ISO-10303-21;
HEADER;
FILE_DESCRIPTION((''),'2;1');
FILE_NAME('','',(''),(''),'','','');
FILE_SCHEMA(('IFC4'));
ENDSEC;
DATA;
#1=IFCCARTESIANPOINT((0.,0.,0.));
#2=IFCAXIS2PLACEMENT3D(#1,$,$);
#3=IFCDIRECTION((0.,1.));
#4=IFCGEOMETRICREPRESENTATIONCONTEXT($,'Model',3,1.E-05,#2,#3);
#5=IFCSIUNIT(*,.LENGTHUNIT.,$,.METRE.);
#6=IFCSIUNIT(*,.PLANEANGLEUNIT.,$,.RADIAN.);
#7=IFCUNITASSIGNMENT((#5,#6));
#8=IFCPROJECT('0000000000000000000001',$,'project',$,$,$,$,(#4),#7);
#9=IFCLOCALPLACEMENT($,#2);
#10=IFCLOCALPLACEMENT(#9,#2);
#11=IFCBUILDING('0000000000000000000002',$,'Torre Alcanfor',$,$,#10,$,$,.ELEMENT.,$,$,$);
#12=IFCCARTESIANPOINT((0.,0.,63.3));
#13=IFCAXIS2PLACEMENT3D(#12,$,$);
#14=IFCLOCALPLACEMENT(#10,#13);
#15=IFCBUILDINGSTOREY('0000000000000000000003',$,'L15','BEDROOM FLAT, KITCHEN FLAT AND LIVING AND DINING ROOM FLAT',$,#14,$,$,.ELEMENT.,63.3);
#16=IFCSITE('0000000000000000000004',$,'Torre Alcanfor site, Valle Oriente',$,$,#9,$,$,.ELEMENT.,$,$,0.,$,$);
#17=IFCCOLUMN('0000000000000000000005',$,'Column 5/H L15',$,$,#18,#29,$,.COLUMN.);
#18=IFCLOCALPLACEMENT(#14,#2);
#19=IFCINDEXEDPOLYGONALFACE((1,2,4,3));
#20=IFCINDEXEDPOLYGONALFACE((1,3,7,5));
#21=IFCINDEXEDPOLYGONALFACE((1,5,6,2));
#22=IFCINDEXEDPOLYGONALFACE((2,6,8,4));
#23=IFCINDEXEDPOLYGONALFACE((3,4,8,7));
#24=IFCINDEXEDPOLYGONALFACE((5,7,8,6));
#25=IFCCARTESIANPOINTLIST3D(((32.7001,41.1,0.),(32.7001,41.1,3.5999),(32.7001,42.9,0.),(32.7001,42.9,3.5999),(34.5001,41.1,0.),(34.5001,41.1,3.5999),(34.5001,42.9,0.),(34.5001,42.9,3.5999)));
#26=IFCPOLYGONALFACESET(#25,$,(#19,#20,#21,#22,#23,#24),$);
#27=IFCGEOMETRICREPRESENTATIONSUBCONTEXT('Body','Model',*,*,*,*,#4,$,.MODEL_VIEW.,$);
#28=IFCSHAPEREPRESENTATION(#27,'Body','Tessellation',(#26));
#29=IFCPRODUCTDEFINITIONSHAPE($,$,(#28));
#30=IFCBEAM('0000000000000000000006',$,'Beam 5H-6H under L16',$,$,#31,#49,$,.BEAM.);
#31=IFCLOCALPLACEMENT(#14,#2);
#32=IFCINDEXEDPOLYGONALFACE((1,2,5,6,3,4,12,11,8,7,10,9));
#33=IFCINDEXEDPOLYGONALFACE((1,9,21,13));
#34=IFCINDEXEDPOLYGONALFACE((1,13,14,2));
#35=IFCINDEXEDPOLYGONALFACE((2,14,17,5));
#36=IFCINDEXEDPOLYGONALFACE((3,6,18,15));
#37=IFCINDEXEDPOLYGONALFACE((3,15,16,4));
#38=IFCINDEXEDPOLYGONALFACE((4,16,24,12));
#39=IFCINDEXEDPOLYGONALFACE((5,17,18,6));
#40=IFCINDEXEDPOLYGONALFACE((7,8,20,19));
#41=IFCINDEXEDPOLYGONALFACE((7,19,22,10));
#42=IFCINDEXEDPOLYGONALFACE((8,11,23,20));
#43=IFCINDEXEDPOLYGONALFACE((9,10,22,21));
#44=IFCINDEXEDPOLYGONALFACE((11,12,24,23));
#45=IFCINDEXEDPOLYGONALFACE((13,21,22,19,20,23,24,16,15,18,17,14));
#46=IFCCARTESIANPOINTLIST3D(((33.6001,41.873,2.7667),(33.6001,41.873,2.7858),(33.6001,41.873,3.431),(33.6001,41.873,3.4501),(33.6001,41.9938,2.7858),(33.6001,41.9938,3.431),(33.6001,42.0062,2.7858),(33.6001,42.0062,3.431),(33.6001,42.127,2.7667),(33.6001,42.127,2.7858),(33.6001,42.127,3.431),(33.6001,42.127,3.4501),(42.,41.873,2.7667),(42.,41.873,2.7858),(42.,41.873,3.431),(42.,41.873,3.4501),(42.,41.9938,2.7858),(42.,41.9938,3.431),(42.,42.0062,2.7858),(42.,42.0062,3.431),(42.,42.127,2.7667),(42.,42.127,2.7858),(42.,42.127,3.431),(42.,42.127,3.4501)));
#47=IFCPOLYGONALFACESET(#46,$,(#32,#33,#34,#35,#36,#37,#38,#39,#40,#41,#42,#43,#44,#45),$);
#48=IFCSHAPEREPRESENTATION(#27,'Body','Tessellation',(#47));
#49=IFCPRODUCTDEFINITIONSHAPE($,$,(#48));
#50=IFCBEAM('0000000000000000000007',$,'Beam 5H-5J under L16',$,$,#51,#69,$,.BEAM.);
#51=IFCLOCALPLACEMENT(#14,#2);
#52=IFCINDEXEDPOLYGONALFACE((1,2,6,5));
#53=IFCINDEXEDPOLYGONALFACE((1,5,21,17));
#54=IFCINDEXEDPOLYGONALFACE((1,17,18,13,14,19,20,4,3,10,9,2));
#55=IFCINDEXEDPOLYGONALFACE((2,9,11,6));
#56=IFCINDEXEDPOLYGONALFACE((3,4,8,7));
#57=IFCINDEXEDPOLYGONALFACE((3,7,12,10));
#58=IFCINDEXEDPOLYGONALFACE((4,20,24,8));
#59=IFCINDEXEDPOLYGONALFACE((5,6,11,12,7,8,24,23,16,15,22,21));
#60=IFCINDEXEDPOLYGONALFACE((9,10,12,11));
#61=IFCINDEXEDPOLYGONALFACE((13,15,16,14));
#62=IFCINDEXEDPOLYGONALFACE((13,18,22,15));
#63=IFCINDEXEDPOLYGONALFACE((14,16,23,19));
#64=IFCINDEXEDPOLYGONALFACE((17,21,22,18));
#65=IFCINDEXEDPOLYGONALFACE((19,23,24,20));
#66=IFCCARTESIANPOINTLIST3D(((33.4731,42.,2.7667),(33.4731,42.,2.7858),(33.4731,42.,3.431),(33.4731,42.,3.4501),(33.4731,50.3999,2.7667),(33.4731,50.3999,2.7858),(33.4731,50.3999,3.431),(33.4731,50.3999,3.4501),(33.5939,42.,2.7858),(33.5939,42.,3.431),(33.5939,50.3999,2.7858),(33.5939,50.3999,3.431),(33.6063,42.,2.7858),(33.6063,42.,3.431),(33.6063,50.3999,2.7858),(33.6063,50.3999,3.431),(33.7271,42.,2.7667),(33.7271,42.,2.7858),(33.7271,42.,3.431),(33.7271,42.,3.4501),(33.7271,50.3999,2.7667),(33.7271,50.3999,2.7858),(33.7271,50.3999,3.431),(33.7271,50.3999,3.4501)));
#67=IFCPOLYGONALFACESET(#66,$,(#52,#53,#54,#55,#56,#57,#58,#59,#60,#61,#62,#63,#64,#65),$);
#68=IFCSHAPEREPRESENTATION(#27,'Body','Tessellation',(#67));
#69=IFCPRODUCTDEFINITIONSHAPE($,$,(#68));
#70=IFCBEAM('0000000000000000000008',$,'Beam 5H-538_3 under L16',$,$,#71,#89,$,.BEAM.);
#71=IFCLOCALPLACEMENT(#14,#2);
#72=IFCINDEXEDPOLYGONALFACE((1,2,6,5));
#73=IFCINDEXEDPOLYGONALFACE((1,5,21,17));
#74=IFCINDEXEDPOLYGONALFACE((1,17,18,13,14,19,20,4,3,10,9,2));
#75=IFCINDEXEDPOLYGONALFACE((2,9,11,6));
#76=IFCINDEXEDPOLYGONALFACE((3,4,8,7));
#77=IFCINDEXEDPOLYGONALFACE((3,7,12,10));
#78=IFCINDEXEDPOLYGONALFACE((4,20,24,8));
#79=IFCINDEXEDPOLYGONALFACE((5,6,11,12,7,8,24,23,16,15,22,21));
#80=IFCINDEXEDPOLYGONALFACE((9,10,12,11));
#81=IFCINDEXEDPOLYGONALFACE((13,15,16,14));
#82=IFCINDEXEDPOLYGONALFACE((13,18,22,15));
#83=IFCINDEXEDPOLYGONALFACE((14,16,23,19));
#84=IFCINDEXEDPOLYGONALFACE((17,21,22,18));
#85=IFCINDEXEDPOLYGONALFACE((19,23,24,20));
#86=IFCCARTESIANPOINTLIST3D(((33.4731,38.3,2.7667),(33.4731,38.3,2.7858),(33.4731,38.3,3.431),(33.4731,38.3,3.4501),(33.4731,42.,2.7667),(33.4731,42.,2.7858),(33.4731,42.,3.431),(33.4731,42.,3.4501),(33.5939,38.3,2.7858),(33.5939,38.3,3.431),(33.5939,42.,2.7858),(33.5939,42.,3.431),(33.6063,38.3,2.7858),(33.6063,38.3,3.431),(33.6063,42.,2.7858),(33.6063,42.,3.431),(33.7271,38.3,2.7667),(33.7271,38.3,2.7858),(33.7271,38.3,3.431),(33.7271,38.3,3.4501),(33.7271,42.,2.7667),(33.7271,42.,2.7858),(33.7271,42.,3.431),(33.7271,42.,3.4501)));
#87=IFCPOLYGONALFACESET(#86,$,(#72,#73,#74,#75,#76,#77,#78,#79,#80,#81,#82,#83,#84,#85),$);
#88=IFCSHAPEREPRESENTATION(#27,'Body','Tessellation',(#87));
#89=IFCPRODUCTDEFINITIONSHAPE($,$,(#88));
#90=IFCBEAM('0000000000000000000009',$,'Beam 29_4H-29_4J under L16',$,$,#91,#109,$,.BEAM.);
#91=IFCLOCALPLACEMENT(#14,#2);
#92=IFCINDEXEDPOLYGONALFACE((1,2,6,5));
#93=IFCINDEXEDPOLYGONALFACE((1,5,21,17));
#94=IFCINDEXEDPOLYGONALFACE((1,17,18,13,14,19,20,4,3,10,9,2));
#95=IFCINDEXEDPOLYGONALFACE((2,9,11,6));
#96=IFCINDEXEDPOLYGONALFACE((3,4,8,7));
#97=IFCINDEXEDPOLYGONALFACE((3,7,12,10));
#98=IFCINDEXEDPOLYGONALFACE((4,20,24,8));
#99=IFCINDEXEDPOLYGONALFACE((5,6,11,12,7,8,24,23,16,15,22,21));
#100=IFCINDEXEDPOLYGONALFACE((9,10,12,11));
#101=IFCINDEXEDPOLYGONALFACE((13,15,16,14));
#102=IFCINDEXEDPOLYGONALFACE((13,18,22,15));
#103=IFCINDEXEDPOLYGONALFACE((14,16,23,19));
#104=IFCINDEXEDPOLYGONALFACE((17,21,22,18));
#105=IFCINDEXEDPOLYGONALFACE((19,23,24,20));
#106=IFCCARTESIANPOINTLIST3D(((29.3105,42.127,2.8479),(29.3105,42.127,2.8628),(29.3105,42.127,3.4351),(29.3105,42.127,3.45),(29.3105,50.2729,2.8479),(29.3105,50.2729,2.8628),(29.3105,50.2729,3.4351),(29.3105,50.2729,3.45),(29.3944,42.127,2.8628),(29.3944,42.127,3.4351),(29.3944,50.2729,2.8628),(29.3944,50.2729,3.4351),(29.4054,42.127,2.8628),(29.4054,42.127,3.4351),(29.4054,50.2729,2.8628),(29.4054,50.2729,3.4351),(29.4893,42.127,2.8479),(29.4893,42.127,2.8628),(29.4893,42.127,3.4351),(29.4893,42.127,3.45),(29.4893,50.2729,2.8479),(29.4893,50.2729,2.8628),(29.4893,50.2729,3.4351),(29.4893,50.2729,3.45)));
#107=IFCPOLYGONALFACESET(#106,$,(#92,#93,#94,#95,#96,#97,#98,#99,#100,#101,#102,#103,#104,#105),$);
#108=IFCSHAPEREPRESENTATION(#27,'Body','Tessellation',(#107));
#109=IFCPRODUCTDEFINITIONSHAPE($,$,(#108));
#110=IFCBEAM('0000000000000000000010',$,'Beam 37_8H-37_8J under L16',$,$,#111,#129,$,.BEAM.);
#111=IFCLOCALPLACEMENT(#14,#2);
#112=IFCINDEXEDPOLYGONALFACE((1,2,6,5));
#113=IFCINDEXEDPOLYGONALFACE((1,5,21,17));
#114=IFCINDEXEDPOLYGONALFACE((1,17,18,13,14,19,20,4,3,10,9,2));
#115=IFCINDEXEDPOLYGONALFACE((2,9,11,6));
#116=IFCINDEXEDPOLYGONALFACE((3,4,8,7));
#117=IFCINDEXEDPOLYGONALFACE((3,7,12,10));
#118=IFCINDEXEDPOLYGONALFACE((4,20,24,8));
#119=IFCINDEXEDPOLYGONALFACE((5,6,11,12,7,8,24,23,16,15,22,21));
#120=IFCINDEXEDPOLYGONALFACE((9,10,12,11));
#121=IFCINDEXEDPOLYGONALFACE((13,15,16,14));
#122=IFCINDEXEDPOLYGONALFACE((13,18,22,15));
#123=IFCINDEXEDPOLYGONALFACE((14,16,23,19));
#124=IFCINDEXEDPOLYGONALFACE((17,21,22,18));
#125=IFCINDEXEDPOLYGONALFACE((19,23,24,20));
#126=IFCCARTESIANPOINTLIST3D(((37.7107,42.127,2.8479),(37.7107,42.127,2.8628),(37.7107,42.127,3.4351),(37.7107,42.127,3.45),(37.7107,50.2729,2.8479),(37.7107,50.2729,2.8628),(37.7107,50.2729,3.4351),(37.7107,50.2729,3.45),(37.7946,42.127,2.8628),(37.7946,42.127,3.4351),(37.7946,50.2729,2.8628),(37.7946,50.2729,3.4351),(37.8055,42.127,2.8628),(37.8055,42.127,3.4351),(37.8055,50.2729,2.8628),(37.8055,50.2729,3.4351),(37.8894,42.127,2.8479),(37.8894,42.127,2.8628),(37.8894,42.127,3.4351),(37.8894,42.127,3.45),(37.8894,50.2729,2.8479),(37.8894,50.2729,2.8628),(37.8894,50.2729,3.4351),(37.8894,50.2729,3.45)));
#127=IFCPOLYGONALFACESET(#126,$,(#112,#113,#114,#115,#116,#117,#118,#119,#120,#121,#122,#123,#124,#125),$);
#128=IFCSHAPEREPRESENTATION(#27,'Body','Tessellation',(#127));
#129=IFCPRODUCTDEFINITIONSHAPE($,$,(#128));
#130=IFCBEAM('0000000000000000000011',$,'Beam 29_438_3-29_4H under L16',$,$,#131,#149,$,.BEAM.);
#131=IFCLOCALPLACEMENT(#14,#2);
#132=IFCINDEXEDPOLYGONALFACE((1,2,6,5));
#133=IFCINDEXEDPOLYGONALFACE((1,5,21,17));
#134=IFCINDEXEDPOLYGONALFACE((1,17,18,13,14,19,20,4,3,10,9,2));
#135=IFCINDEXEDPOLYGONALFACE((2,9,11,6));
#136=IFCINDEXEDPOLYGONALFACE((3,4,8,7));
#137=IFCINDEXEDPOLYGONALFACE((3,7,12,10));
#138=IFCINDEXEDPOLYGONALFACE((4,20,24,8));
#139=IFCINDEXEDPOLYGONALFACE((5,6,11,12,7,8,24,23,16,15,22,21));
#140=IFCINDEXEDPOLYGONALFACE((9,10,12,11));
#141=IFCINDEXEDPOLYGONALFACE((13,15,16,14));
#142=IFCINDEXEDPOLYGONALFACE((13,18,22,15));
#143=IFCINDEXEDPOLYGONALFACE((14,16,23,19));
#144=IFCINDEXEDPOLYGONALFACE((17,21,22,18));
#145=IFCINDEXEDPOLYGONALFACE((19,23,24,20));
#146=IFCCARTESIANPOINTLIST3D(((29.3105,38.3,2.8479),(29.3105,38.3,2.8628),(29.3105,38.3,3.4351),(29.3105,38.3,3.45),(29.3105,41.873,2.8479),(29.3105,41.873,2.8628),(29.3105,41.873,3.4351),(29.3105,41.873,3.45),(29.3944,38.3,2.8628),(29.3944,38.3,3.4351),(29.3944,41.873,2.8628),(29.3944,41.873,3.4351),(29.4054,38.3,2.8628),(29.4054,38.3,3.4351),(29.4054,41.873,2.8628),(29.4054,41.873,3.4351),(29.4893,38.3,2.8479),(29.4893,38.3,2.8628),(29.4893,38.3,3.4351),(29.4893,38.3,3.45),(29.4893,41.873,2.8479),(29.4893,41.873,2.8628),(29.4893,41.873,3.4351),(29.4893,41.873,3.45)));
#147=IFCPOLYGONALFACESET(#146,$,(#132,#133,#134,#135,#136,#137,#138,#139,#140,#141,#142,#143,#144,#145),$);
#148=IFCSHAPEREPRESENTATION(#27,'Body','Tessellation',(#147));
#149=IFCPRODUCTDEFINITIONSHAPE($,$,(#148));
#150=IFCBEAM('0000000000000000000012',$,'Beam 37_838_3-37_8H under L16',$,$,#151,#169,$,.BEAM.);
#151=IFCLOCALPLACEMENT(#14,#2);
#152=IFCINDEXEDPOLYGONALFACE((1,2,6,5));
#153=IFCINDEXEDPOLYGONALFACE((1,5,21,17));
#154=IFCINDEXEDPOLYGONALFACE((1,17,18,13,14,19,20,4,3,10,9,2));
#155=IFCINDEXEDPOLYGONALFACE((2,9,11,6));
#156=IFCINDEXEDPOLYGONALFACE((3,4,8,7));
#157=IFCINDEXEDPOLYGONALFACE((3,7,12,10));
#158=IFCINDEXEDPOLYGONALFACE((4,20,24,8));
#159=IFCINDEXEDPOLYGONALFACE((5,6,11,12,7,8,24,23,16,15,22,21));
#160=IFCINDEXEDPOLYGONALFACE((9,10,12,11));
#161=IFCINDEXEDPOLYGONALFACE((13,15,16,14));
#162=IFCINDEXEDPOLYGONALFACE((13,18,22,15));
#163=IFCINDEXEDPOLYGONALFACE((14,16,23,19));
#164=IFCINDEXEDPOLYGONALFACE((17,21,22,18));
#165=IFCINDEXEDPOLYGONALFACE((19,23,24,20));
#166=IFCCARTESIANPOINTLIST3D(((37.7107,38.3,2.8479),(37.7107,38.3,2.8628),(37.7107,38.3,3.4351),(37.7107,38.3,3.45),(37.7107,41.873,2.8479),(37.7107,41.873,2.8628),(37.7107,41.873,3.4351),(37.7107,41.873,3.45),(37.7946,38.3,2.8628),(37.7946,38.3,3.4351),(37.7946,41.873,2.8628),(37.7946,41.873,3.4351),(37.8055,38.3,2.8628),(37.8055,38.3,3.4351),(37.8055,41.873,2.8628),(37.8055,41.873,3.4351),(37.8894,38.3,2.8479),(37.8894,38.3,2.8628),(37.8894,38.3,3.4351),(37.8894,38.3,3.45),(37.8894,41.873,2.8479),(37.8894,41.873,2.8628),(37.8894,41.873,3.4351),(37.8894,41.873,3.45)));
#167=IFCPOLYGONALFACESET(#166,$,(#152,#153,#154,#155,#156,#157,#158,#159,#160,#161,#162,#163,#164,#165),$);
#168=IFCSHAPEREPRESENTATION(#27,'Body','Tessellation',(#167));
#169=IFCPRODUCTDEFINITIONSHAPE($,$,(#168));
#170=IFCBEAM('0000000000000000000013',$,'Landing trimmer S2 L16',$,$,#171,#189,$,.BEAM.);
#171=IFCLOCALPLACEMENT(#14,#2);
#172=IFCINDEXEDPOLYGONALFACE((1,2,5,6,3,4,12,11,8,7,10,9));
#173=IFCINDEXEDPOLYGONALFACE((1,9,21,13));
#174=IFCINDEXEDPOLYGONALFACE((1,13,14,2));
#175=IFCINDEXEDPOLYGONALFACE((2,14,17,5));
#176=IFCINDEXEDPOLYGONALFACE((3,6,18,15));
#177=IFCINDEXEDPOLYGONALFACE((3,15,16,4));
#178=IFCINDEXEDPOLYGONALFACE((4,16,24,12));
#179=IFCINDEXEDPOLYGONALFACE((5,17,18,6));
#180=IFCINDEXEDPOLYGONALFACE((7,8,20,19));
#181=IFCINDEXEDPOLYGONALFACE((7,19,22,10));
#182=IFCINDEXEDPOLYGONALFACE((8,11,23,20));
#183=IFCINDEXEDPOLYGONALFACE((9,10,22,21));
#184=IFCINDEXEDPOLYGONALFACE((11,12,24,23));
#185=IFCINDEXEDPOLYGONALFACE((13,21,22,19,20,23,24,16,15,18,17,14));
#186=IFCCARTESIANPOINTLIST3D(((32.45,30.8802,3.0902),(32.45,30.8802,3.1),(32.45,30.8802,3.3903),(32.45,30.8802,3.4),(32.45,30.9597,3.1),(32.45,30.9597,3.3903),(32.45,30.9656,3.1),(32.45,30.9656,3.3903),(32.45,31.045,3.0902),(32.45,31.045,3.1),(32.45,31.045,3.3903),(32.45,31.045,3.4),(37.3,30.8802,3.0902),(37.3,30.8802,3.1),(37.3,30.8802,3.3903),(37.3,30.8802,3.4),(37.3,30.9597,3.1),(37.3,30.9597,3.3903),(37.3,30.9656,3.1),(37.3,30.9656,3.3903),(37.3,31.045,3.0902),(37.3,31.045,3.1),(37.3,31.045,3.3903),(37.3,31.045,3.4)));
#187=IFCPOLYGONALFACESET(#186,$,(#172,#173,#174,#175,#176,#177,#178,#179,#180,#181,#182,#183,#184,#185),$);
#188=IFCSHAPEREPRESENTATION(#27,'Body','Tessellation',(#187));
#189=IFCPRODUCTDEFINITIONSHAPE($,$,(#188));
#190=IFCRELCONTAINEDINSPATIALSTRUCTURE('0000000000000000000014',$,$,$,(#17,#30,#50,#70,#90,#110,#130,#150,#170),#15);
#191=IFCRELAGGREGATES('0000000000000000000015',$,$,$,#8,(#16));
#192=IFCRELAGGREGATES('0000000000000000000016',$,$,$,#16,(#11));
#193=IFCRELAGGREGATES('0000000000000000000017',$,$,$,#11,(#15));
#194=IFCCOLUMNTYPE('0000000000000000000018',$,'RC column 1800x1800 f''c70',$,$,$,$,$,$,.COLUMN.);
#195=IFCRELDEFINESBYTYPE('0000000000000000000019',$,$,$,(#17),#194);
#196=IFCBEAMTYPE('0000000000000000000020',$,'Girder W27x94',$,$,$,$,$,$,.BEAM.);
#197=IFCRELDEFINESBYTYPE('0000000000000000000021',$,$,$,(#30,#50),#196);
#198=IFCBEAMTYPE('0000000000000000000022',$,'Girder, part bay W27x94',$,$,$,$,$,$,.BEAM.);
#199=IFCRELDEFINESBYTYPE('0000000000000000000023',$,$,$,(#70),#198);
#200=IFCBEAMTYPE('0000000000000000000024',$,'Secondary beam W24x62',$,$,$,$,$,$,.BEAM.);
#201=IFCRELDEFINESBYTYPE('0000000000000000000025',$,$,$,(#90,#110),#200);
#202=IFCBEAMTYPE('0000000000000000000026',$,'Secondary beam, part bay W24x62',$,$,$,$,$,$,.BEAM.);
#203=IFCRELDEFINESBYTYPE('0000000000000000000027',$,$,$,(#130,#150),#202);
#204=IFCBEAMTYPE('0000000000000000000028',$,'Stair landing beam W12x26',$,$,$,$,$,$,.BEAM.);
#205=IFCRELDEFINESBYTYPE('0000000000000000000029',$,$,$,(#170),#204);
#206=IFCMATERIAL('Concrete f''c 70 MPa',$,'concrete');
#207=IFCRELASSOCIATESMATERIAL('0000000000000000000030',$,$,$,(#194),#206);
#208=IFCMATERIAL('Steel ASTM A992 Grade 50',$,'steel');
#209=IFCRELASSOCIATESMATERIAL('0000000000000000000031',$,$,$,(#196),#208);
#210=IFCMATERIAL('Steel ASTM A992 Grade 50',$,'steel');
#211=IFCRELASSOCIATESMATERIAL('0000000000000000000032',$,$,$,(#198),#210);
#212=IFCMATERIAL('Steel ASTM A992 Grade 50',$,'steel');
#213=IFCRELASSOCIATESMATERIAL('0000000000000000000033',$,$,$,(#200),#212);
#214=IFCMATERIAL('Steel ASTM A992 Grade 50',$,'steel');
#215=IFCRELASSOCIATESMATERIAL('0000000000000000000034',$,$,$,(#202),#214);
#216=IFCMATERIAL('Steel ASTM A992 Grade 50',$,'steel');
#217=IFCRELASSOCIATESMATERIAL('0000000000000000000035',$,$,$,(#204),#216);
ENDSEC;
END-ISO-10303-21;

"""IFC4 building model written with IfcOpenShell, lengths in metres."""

from ifc_helpers import new_model, si_unit, direction, frame, origin, origin_2d, place, context, subcontext, project, spatial, rectangle, i_section, extrude, material, material_profile, profile_set, type_object, element, save


model = new_model("IFC4")

# Units and contexts
model_context = context("Model", 3, precision=1e-05, world=origin(), true_north=direction((0.0, 1.0)))
body_context = subcontext(model_context, "Body", "Model", "MODEL_VIEW")
ifc_project = project(units=[si_unit("LENGTHUNIT", "METRE"), si_unit("PLANEANGLEUNIT", "RADIAN")], contexts=[model_context])

# Site, building, storey
site_placement = place(None, origin())
site = spatial("IfcSite", under=ifc_project, at=site_placement, Name="Torre Alcanfor site, Valle Oriente", CompositionType="ELEMENT", RefElevation=0.0)
building_placement = place(site_placement, origin())
building = spatial("IfcBuilding", under=site, at=building_placement, Name="Torre Alcanfor", CompositionType="ELEMENT")
storey_placement = place(building_placement, frame((0.0, 0.0, 63.3)))
storey = spatial("IfcBuildingStorey", under=building, at=storey_placement, Name="L15", Description="BEDROOM FLAT, KITCHEN FLAT AND LIVING AND DINING ROOM FLAT", CompositionType="ELEMENT", Elevation=63.3)

# Column
ifc_material_1 = material(Name="Concrete f'c 70 MPa", Category="concrete")
ifc_material_profile_1 = material_profile(ifc_material_1, rectangle(XDim=1.8, YDim=1.8, at=origin_2d()), Name="1800x1800")
ifc_profile_set_1 = profile_set([ifc_material_profile_1], Name="Concrete f'c 70 MPa")
column_type = type_object("IfcColumnType", Name="RC column 1800x1800 f'c70", PredefinedType="COLUMN", material=ifc_profile_set_1)
column_placement = place(storey_placement, frame((33.6001, 42.0, 0.0), z_axis=(0.0, 0.0, 1.0), x_axis=(1.0, 0.0, 0.0)))
element("IfcColumn", 1, at=column_placement, inside=storey, type_object=column_type, Name="Column 5/H L15", PredefinedType="COLUMN", context=body_context, shape_type="SweptSolid", body=[
    extrude(rectangle(XDim=1.8, YDim=1.8, at=origin_2d()), origin(), (0.0, 0.0, 1.0), 3.5999),
])

# Beams
ifc_material_2 = material(Name="Steel ASTM A992 Grade 50", Category="steel")
ifc_material_profile_2 = material_profile(ifc_material_2, i_section(OverallWidth=0.2539, OverallDepth=0.6833, WebThickness=0.0125, FlangeThickness=0.019, at=origin_2d()), Name="W27x94")
ifc_profile_set_2 = profile_set([ifc_material_profile_2], Name="Steel ASTM A992 Grade 50")
beam_type_1 = type_object("IfcBeamType", Name="Girder W27x94", PredefinedType="BEAM", material=ifc_profile_set_2)
for number, where, z_axis, x_axis, name in (
    (2, (33.6001, 42.0, 3.1084), (1.0, 0.0, 0.0), (0.0, 1.0, 0.0), "Beam 5H-6H under L16"),
    (3, (33.6001, 42.0, 3.1084), (0.0, 1.0, 0.0), (-1.0, 0.0, 0.0), "Beam 5H-5J under L16"),
):
    element("IfcBeam", number, at=place(storey_placement, frame(where, z_axis=z_axis, x_axis=x_axis)), inside=storey, type_object=beam_type_1, Name=name, PredefinedType="BEAM", context=body_context, shape_type="SweptSolid", body=[
        extrude(i_section(OverallWidth=0.2539, OverallDepth=0.6833, WebThickness=0.0125, FlangeThickness=0.019, at=origin_2d()), origin(), (0.0, 0.0, 1.0), 8.3999),
    ])
ifc_material_3 = material(Name="Steel ASTM A992 Grade 50", Category="steel")
ifc_material_profile_3 = material_profile(ifc_material_3, i_section(OverallWidth=0.2539, OverallDepth=0.6833, WebThickness=0.0125, FlangeThickness=0.019, at=origin_2d()), Name="W27x94")
ifc_profile_set_3 = profile_set([ifc_material_profile_3], Name="Steel ASTM A992 Grade 50")
beam_type_2 = type_object("IfcBeamType", Name="Girder, part bay W27x94", PredefinedType="BEAM", material=ifc_profile_set_3)
beam_1_placement = place(storey_placement, frame((33.6001, 42.0, 3.1084), z_axis=(0.0, -1.0, 0.0), x_axis=(1.0, 0.0, 0.0)))
element("IfcBeam", 4, at=beam_1_placement, inside=storey, type_object=beam_type_2, Name="Beam 5H-538_3 under L16", PredefinedType="BEAM", context=body_context, shape_type="SweptSolid", body=[
    extrude(i_section(OverallWidth=0.2539, OverallDepth=0.6833, WebThickness=0.0125, FlangeThickness=0.019, at=origin_2d()), origin(), (0.0, 0.0, 1.0), 3.7),
])
ifc_material_4 = material(Name="Steel ASTM A992 Grade 50", Category="steel")
ifc_material_profile_4 = material_profile(ifc_material_4, i_section(OverallWidth=0.1787, OverallDepth=0.6021, WebThickness=0.011, FlangeThickness=0.0149, at=origin_2d()), Name="W24x62")
ifc_profile_set_4 = profile_set([ifc_material_profile_4], Name="Steel ASTM A992 Grade 50")
beam_type_3 = type_object("IfcBeamType", Name="Secondary beam W24x62", PredefinedType="BEAM", material=ifc_profile_set_4)
for number, where, z_axis, x_axis, name in (
    (5, (29.3999, 42.127, 3.1489), (0.0, 1.0, 0.0), (-1.0, 0.0, 0.0), "Beam 29_4H-29_4J under L16"),
    (6, (37.8, 42.127, 3.1489), (0.0, 1.0, 0.0), (-1.0, 0.0, 0.0), "Beam 37_8H-37_8J under L16"),
):
    element("IfcBeam", number, at=place(storey_placement, frame(where, z_axis=z_axis, x_axis=x_axis)), inside=storey, type_object=beam_type_3, Name=name, PredefinedType="BEAM", context=body_context, shape_type="SweptSolid", body=[
        extrude(i_section(OverallWidth=0.1787, OverallDepth=0.6021, WebThickness=0.011, FlangeThickness=0.0149, at=origin_2d()), origin(), (0.0, 0.0, 1.0), 8.146),
    ])
ifc_material_5 = material(Name="Steel ASTM A992 Grade 50", Category="steel")
ifc_material_profile_5 = material_profile(ifc_material_5, i_section(OverallWidth=0.1787, OverallDepth=0.6021, WebThickness=0.011, FlangeThickness=0.0149, at=origin_2d()), Name="W24x62")
ifc_profile_set_5 = profile_set([ifc_material_profile_5], Name="Steel ASTM A992 Grade 50")
beam_type_4 = type_object("IfcBeamType", Name="Secondary beam, part bay W24x62", PredefinedType="BEAM", material=ifc_profile_set_5)
for number, where, z_axis, x_axis, name in (
    (7, (29.3999, 38.3, 3.1489), (0.0, 1.0, 0.0), (-1.0, 0.0, 0.0), "Beam 29_438_3-29_4H under L16"),
    (8, (37.8, 38.3, 3.1489), (0.0, 1.0, 0.0), (-1.0, 0.0, 0.0), "Beam 37_838_3-37_8H under L16"),
):
    element("IfcBeam", number, at=place(storey_placement, frame(where, z_axis=z_axis, x_axis=x_axis)), inside=storey, type_object=beam_type_4, Name=name, PredefinedType="BEAM", context=body_context, shape_type="SweptSolid", body=[
        extrude(i_section(OverallWidth=0.1787, OverallDepth=0.6021, WebThickness=0.011, FlangeThickness=0.0149, at=origin_2d()), origin(), (0.0, 0.0, 1.0), 3.573),
    ])
ifc_material_6 = material(Name="Steel ASTM A992 Grade 50", Category="steel")
ifc_material_profile_6 = material_profile(ifc_material_6, i_section(OverallWidth=0.1648, OverallDepth=0.3098, WebThickness=0.0059, FlangeThickness=0.0098, at=origin_2d()), Name="W12x26")
ifc_profile_set_6 = profile_set([ifc_material_profile_6], Name="Steel ASTM A992 Grade 50")
beam_type_5 = type_object("IfcBeamType", Name="Stair landing beam W12x26", PredefinedType="BEAM", material=ifc_profile_set_6)
beam_2_placement = place(storey_placement, frame((32.45, 30.9626, 3.2451), z_axis=(1.0, 0.0, 0.0), x_axis=(0.0, 1.0, 0.0)))
element("IfcBeam", 9, at=beam_2_placement, inside=storey, type_object=beam_type_5, Name="Landing trimmer S2 L16", PredefinedType="BEAM", context=body_context, shape_type="SweptSolid", body=[
    extrude(i_section(OverallWidth=0.1648, OverallDepth=0.3098, WebThickness=0.0059, FlangeThickness=0.0098, at=origin_2d()), origin(), (0.0, 0.0, 1.0), 4.8501),
])

save(model, "model.ifc")
